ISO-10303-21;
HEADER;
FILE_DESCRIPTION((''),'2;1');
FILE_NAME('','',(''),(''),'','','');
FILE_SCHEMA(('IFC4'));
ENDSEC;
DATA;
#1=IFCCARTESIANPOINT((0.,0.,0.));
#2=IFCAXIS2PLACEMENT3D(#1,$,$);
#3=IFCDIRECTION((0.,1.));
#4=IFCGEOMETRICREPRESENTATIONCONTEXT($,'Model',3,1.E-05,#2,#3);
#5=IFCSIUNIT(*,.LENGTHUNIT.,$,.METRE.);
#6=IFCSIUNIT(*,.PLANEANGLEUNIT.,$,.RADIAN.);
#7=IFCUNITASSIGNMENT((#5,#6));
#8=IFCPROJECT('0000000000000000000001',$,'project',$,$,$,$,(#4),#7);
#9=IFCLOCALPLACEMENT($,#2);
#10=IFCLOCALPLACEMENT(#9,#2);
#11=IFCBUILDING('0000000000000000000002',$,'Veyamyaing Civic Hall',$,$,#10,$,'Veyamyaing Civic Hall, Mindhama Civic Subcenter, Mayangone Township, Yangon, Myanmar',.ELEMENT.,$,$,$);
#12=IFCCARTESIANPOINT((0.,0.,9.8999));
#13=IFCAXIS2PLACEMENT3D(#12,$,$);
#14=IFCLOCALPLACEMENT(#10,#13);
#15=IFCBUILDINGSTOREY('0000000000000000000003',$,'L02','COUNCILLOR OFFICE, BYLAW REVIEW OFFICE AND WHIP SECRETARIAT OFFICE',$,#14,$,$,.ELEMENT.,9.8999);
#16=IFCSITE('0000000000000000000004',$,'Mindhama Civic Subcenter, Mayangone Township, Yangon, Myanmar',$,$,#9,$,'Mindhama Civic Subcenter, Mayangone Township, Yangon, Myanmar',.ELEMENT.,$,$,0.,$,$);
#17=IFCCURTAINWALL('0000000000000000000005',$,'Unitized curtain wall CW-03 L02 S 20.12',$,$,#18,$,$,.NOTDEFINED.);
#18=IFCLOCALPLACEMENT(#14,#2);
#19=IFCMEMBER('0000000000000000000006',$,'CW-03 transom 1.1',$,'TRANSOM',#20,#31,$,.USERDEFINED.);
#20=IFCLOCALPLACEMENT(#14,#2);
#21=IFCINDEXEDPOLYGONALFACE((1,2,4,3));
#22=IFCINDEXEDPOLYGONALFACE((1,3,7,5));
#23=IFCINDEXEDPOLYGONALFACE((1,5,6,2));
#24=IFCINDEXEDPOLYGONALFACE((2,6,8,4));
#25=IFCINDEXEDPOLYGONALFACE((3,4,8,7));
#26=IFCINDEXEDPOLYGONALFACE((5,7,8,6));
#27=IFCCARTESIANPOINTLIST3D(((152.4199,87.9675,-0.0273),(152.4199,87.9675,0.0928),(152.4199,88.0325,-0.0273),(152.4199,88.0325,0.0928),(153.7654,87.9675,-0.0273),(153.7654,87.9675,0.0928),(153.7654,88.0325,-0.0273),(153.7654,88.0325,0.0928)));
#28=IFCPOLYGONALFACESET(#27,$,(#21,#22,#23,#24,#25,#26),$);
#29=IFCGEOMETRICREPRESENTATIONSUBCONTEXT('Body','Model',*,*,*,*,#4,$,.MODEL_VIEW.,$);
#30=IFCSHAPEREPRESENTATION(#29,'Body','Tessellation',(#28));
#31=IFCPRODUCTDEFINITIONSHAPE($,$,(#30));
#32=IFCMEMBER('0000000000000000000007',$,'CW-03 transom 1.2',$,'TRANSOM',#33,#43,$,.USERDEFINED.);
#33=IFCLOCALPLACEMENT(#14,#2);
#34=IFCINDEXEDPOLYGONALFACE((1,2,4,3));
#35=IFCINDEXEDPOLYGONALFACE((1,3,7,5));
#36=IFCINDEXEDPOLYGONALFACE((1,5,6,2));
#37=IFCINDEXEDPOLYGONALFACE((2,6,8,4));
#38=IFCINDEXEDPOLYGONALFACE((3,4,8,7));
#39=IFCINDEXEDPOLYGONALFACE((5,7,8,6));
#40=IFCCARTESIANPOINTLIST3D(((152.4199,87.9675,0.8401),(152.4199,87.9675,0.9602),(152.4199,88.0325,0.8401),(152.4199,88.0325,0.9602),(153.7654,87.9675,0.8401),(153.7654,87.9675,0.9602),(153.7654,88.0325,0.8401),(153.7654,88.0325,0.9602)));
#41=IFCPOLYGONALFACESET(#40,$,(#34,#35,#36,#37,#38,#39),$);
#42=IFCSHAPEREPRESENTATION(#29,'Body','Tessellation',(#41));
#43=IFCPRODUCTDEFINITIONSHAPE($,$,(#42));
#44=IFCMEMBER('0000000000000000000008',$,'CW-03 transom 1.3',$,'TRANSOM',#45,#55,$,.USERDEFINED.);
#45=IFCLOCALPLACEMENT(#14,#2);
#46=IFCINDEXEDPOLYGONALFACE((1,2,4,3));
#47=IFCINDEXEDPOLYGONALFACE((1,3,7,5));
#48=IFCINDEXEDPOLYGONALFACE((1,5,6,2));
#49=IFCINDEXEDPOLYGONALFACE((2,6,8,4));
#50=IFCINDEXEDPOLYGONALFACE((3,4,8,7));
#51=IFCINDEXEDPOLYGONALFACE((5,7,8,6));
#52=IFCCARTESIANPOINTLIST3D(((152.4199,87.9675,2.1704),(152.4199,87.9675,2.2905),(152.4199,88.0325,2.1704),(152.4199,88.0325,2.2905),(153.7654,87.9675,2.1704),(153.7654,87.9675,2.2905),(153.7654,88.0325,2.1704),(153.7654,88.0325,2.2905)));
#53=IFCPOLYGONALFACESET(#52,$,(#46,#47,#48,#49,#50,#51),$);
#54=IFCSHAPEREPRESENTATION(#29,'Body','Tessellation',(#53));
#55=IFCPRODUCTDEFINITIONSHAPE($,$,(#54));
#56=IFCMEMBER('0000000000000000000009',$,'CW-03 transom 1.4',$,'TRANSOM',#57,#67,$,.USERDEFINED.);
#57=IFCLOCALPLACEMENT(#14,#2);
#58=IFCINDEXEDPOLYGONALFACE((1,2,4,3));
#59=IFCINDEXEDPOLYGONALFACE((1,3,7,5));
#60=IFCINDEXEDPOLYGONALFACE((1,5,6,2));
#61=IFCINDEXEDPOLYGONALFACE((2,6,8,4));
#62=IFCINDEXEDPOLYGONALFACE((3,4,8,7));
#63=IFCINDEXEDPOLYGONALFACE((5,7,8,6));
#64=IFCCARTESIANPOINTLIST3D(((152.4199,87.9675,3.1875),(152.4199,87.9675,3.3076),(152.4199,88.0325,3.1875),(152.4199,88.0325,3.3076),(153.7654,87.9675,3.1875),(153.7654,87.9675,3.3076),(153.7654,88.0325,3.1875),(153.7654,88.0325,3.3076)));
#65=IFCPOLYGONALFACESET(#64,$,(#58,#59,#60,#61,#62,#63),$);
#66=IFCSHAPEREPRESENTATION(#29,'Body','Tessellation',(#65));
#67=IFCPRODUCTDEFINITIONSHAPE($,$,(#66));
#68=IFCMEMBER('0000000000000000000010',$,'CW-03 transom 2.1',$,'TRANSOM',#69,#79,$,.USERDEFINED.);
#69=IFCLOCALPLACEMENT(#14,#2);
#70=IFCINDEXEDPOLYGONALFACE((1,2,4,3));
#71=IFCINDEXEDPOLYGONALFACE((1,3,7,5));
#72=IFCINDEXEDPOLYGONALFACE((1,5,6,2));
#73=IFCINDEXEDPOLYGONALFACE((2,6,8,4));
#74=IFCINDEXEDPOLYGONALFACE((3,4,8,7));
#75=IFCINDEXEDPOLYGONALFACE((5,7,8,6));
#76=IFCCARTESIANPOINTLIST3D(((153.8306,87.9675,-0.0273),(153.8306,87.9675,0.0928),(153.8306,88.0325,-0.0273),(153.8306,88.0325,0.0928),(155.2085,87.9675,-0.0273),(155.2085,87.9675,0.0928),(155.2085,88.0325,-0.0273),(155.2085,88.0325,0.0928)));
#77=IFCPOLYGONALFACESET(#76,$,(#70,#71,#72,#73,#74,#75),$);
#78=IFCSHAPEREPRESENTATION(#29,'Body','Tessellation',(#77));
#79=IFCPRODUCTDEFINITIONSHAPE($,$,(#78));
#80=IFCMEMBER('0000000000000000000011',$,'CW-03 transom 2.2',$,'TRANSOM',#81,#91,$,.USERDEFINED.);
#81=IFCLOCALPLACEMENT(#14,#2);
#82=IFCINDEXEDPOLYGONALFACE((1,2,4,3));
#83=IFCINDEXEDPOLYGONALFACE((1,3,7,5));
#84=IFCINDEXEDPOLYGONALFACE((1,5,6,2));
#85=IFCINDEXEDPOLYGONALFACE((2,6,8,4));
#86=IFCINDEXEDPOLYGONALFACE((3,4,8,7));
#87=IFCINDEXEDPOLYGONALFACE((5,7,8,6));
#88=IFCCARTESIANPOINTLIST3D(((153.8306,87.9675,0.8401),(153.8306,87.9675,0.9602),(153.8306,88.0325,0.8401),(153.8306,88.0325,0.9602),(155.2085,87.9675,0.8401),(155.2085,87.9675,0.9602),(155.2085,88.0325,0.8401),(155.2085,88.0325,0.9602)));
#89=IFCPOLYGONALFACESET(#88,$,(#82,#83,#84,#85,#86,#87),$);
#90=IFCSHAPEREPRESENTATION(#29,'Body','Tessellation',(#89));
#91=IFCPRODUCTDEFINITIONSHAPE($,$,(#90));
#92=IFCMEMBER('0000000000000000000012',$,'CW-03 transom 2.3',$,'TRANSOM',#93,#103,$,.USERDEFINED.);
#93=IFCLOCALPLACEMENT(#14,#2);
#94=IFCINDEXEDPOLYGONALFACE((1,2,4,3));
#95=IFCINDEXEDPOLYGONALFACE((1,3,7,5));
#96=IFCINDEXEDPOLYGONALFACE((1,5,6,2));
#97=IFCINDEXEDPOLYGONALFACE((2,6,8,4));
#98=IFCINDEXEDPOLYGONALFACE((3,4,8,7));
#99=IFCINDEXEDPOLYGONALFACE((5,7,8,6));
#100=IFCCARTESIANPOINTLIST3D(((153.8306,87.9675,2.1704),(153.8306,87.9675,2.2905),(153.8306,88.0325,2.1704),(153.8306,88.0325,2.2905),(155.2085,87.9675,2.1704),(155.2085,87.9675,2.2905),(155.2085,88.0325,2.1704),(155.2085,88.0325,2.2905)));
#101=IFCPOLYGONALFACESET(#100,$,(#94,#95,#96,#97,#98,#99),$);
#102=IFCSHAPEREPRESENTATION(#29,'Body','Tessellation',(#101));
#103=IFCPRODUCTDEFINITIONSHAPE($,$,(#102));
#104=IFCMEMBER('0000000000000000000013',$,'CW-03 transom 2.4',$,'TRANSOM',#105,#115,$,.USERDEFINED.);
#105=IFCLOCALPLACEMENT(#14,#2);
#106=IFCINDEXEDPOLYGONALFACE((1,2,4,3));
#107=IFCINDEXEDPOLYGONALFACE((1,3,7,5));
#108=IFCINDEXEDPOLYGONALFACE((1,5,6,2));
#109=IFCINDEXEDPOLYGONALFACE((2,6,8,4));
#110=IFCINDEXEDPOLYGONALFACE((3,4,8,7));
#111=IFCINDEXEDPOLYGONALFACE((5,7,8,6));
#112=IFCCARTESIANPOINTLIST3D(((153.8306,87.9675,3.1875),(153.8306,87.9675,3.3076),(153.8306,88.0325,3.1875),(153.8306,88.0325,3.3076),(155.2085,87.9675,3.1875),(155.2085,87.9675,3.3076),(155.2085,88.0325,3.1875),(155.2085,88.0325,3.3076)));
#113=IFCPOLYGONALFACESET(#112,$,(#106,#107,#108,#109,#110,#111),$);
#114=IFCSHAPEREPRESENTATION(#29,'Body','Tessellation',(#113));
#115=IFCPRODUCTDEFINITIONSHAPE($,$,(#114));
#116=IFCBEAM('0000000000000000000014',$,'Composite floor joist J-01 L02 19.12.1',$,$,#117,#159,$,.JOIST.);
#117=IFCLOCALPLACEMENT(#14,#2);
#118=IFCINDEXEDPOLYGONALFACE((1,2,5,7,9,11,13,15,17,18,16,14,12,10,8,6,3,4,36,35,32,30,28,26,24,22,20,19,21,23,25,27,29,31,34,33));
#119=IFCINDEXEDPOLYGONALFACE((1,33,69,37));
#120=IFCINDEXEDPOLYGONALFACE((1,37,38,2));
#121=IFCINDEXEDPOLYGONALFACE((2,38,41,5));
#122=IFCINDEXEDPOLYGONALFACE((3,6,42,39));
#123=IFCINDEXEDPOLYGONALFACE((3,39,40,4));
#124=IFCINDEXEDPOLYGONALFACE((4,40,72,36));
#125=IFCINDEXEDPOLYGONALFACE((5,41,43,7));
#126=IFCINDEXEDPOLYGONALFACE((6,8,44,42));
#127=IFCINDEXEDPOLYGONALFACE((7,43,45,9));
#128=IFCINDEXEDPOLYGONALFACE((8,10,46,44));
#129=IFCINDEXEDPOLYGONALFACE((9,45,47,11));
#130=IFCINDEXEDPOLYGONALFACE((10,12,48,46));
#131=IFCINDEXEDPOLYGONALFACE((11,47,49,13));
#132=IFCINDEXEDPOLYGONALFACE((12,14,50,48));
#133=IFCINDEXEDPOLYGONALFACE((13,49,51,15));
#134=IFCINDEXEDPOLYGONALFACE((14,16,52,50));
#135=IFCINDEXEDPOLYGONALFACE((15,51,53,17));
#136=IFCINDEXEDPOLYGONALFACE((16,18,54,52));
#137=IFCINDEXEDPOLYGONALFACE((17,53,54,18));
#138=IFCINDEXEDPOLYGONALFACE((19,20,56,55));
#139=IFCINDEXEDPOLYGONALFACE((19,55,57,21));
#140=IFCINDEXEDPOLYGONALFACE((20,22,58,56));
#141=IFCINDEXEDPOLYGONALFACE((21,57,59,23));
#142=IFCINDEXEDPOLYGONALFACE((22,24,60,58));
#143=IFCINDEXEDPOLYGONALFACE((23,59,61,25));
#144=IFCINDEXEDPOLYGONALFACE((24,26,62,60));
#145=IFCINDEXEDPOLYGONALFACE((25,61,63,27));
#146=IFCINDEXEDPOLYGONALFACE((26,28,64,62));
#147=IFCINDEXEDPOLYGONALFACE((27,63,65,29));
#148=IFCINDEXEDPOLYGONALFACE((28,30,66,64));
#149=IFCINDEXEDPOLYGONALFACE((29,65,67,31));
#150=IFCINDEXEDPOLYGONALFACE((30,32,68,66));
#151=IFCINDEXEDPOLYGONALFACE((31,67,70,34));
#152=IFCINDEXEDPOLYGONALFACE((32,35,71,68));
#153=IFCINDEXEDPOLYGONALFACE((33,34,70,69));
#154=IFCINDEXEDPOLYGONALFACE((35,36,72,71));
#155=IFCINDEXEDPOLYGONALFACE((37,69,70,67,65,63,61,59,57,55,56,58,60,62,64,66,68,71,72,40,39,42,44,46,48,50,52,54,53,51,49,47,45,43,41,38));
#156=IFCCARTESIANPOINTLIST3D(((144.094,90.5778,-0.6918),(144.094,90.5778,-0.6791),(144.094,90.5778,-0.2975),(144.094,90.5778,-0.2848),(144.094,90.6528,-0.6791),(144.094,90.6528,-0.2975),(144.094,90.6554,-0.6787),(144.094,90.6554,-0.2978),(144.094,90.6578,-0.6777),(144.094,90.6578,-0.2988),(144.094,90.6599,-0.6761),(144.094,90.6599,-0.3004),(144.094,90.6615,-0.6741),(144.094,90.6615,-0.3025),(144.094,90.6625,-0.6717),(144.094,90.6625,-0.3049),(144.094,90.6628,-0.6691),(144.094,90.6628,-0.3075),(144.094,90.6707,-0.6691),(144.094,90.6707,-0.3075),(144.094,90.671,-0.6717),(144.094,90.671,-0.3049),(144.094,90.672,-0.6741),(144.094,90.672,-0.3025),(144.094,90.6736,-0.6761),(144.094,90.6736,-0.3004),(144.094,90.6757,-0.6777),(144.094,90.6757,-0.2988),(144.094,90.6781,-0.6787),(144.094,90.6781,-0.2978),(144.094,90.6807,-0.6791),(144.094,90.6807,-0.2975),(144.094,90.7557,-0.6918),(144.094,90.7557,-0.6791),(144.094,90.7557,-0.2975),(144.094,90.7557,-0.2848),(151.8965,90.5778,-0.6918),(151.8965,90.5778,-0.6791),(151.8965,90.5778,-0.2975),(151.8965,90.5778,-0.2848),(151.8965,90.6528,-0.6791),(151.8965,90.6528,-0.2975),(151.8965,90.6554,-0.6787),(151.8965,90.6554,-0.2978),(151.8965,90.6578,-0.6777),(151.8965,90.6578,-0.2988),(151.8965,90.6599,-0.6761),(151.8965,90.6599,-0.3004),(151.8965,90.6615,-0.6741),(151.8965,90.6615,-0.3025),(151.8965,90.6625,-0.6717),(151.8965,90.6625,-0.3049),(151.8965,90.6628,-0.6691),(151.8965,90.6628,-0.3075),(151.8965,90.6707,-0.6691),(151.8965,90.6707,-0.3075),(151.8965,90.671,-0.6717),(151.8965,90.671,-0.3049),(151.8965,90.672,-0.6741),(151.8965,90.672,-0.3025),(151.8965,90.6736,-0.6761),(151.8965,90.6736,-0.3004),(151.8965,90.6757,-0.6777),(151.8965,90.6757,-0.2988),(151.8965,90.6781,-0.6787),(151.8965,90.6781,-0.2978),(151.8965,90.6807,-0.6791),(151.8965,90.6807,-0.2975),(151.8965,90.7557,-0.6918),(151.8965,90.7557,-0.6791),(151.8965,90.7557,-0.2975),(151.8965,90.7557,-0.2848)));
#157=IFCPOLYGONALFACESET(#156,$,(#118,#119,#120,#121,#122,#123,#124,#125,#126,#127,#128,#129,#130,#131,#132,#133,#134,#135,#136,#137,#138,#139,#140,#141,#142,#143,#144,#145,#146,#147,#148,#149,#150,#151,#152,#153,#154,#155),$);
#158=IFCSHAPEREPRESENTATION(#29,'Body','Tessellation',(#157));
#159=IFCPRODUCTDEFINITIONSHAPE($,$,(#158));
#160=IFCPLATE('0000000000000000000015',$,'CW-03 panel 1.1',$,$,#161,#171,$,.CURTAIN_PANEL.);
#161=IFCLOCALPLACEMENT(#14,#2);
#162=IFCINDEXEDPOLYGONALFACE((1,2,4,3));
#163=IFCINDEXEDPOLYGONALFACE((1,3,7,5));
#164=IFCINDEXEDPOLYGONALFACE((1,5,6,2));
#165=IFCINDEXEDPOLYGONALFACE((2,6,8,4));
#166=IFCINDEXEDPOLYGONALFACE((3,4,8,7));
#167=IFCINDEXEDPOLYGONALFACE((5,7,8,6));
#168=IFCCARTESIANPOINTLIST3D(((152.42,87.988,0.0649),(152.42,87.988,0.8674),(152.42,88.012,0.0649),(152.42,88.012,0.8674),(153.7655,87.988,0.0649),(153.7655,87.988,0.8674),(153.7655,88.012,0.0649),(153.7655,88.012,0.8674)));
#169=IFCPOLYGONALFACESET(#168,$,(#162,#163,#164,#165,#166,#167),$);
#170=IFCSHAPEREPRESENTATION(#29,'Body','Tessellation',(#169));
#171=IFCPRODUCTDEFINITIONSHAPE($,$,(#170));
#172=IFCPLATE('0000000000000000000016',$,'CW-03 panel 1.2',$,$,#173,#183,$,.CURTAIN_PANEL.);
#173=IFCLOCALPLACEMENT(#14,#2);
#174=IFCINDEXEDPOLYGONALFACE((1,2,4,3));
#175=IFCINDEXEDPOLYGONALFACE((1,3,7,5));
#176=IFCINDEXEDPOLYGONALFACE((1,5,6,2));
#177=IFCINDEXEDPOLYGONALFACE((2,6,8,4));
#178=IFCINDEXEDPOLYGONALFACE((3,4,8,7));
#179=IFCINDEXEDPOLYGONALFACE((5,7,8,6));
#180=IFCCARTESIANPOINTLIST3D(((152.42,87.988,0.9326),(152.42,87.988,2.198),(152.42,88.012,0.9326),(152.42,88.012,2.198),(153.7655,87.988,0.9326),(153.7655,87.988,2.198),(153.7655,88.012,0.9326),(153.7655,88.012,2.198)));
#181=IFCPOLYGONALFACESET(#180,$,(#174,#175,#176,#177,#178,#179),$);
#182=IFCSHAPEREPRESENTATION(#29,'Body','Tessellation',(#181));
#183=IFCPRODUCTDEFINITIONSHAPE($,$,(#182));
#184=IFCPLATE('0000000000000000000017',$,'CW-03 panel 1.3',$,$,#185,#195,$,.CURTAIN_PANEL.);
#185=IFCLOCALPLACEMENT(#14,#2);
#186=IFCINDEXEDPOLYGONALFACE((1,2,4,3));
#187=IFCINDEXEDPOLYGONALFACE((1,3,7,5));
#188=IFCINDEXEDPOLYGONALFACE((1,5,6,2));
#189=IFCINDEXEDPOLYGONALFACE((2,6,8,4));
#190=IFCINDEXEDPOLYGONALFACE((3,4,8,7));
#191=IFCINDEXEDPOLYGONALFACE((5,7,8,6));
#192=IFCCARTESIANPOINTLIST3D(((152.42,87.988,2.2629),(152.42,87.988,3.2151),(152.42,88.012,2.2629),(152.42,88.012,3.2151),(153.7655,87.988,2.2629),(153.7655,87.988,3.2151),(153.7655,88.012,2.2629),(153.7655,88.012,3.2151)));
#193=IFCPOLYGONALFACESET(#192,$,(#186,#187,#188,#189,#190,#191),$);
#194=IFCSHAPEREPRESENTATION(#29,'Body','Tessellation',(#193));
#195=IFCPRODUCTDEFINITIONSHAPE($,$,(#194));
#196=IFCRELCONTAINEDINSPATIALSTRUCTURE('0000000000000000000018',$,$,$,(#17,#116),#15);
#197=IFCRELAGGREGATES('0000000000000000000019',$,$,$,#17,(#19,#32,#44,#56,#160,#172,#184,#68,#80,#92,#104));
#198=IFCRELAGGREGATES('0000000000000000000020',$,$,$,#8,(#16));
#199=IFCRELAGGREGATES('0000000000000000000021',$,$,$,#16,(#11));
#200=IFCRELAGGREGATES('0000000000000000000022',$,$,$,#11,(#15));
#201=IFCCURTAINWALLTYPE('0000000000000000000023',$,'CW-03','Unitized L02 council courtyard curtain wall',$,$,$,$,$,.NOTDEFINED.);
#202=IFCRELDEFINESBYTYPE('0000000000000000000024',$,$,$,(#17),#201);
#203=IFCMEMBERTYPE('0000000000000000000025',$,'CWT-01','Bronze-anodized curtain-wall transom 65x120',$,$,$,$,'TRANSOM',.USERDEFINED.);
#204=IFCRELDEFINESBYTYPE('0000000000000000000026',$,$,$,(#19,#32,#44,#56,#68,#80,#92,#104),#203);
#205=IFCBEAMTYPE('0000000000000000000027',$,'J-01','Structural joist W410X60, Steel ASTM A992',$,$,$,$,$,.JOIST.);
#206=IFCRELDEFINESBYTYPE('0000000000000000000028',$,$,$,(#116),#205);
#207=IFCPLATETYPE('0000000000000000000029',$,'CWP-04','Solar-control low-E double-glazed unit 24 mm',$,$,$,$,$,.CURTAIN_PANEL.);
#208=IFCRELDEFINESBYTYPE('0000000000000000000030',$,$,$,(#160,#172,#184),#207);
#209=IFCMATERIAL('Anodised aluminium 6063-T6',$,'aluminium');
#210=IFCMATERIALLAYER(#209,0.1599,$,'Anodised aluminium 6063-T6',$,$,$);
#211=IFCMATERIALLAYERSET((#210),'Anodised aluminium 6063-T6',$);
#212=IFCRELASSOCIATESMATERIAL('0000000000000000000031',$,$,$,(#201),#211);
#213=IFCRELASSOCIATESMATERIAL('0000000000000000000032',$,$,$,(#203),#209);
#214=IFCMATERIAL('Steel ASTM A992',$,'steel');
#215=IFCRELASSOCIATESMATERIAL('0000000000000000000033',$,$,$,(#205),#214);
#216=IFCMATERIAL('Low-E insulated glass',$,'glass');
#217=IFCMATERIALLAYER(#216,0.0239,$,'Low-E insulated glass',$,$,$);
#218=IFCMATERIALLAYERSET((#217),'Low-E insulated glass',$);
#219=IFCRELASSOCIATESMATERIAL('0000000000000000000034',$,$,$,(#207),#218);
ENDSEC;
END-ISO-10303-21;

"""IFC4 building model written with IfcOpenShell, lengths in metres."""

from ifc_helpers import new_model, si_unit, direction, frame, origin, origin_2d, place, context, subcontext, project, spatial, rectangle, i_section, extrude, material, layer, layer_set, material_profile, profile_set, type_object, element, aggregate, save


model = new_model("IFC4")

# Units and contexts
model_context = context("Model", 3, precision=1e-05, world=origin(), true_north=direction((0.0, 1.0)))
body_context = subcontext(model_context, "Body", "Model", "MODEL_VIEW")
ifc_project = project(units=[si_unit("LENGTHUNIT", "METRE"), si_unit("PLANEANGLEUNIT", "RADIAN")], contexts=[model_context])

# Site, building, storey
site_placement = place(None, origin())
site = spatial("IfcSite", under=ifc_project, at=site_placement, Name="Mindhama Civic Subcenter, Mayangone Township, Yangon, Myanmar", LongName="Mindhama Civic Subcenter, Mayangone Township, Yangon, Myanmar", CompositionType="ELEMENT", RefElevation=0.0)
building_placement = place(site_placement, origin())
building = spatial("IfcBuilding", under=site, at=building_placement, Name="Veyamyaing Civic Hall", LongName="Veyamyaing Civic Hall, Mindhama Civic Subcenter, Mayangone Township, Yangon, Myanmar", CompositionType="ELEMENT")
storey_placement = place(building_placement, frame((0.0, 0.0, 9.8999)))
storey = spatial("IfcBuildingStorey", under=building, at=storey_placement, Name="L02", Description="COUNCILLOR OFFICE, BYLAW REVIEW OFFICE AND WHIP SECRETARIAT OFFICE", CompositionType="ELEMENT", Elevation=9.8999)

# Shared definitions
ifc_material_1 = material(Name="Steel ASTM A992", Category="steel")

# Curtain wall, members
ifc_material_2 = material(Name="Anodised aluminium 6063-T6", Category="aluminium")
ifc_layer_1 = layer(ifc_material_2, 0.1599, Name="Anodised aluminium 6063-T6")
ifc_layer_set_1 = layer_set([ifc_layer_1], Name="Anodised aluminium 6063-T6")
curtain_wall_type = type_object("IfcCurtainWallType", Name="CW-03", Description="Unitized L02 council courtyard curtain wall", PredefinedType="NOTDEFINED", material=ifc_layer_set_1)
curtain_wall_placement = place(storey_placement, origin())
curtain_wall = element("IfcCurtainWall", 1, at=curtain_wall_placement, inside=storey, type_object=curtain_wall_type, Name="Unitized curtain wall CW-03 L02 S 20.12", PredefinedType="NOTDEFINED")
ifc_material_profile_1 = material_profile(ifc_material_2, rectangle(XDim=0.0649, YDim=0.1201, at=origin_2d()), Name="ALU-TRN-65X120")
ifc_profile_set_1 = profile_set([ifc_material_profile_1], Name="Anodised aluminium 6063-T6")
member_type_1 = type_object("IfcMemberType", Name="CWT-01", Description="Bronze-anodized curtain-wall transom 65x120", ElementType="TRANSOM", PredefinedType="USERDEFINED", material=ifc_profile_set_1)
member_1_placement = place(storey_placement, frame((152.4199, 88.0, 0.0327), z_axis=(1.0, 0.0, 0.0), x_axis=(0.0, 1.0, 0.0)))
member_1 = element("IfcMember", 2, at=member_1_placement, type_object=member_type_1, Name="CW-03 transom 1.1", ObjectType="TRANSOM", PredefinedType="USERDEFINED", context=body_context, shape_type="SweptSolid", body=[
    extrude(rectangle(XDim=0.0649, YDim=0.1201, at=origin_2d()), origin(), (0.0, 0.0, 1.0), 1.3455),
])
member_2_placement = place(storey_placement, frame((152.4199, 88.0, 0.9001), z_axis=(1.0, 0.0, 0.0), x_axis=(0.0, 1.0, 0.0)))
member_2 = element("IfcMember", 3, at=member_2_placement, type_object=member_type_1, Name="CW-03 transom 1.2", ObjectType="TRANSOM", PredefinedType="USERDEFINED", context=body_context, shape_type="SweptSolid", body=[
    extrude(rectangle(XDim=0.0649, YDim=0.1201, at=origin_2d()), origin(), (0.0, 0.0, 1.0), 1.3455),
])
member_3_placement = place(storey_placement, frame((152.4199, 88.0, 2.2305), z_axis=(1.0, 0.0, 0.0), x_axis=(0.0, 1.0, 0.0)))
member_3 = element("IfcMember", 4, at=member_3_placement, type_object=member_type_1, Name="CW-03 transom 1.3", ObjectType="TRANSOM", PredefinedType="USERDEFINED", context=body_context, shape_type="SweptSolid", body=[
    extrude(rectangle(XDim=0.0649, YDim=0.1201, at=origin_2d()), origin(), (0.0, 0.0, 1.0), 1.3455),
])
member_4_placement = place(storey_placement, frame((152.4199, 88.0, 3.2476), z_axis=(1.0, 0.0, 0.0), x_axis=(0.0, 1.0, 0.0)))
member_4 = element("IfcMember", 5, at=member_4_placement, type_object=member_type_1, Name="CW-03 transom 1.4", ObjectType="TRANSOM", PredefinedType="USERDEFINED", context=body_context, shape_type="SweptSolid", body=[
    extrude(rectangle(XDim=0.0649, YDim=0.1201, at=origin_2d()), origin(), (0.0, 0.0, 1.0), 1.3455),
])
member_5_placement = place(storey_placement, frame((153.8306, 88.0, 0.0327), z_axis=(1.0, 0.0, 0.0), x_axis=(0.0, 1.0, 0.0)))
member_5 = element("IfcMember", 6, at=member_5_placement, type_object=member_type_1, Name="CW-03 transom 2.1", ObjectType="TRANSOM", PredefinedType="USERDEFINED", context=body_context, shape_type="SweptSolid", body=[
    extrude(rectangle(XDim=0.0649, YDim=0.1201, at=origin_2d()), origin(), (0.0, 0.0, 1.0), 1.3779),
])
member_6_placement = place(storey_placement, frame((153.8306, 88.0, 0.9001), z_axis=(1.0, 0.0, 0.0), x_axis=(0.0, 1.0, 0.0)))
member_6 = element("IfcMember", 7, at=member_6_placement, type_object=member_type_1, Name="CW-03 transom 2.2", ObjectType="TRANSOM", PredefinedType="USERDEFINED", context=body_context, shape_type="SweptSolid", body=[
    extrude(rectangle(XDim=0.0649, YDim=0.1201, at=origin_2d()), origin(), (0.0, 0.0, 1.0), 1.3779),
])
member_7_placement = place(storey_placement, frame((153.8306, 88.0, 2.2305), z_axis=(1.0, 0.0, 0.0), x_axis=(0.0, 1.0, 0.0)))
member_7 = element("IfcMember", 8, at=member_7_placement, type_object=member_type_1, Name="CW-03 transom 2.3", ObjectType="TRANSOM", PredefinedType="USERDEFINED", context=body_context, shape_type="SweptSolid", body=[
    extrude(rectangle(XDim=0.0649, YDim=0.1201, at=origin_2d()), origin(), (0.0, 0.0, 1.0), 1.3779),
])
member_8_placement = place(storey_placement, frame((153.8306, 88.0, 3.2476), z_axis=(1.0, 0.0, 0.0), x_axis=(0.0, 1.0, 0.0)))
member_8 = element("IfcMember", 9, at=member_8_placement, type_object=member_type_1, Name="CW-03 transom 2.4", ObjectType="TRANSOM", PredefinedType="USERDEFINED", context=body_context, shape_type="SweptSolid", body=[
    extrude(rectangle(XDim=0.0649, YDim=0.1201, at=origin_2d()), origin(), (0.0, 0.0, 1.0), 1.3779),
])

# Beam
ifc_material_profile_2 = material_profile(ifc_material_1, i_section(OverallWidth=0.178, OverallDepth=0.407, WebThickness=0.0078, FlangeThickness=0.0127, FilletRadius=0.01, at=origin_2d()), Name="W410X60")
ifc_profile_set_2 = profile_set([ifc_material_profile_2], Name="Steel ASTM A992")
beam_type_1 = type_object("IfcBeamType", Name="J-01", Description="Structural joist W410X60, Steel ASTM A992", PredefinedType="JOIST", material=ifc_profile_set_2)
beam_1_placement = place(storey_placement, frame((144.094, 90.6667, -0.4883), z_axis=(1.0, 0.0, 0.0), x_axis=(0.0, 1.0, 0.0)))
element("IfcBeam", 10, at=beam_1_placement, inside=storey, type_object=beam_type_1, Name="Composite floor joist J-01 L02 19.12.1", PredefinedType="JOIST", context=body_context, shape_type="SweptSolid", body=[
    extrude(i_section(OverallWidth=0.178, OverallDepth=0.407, WebThickness=0.0078, FlangeThickness=0.0127, FilletRadius=0.01, at=origin_2d()), origin(), (0.0, 0.0, 1.0), 7.8025),
])

# Plates
ifc_material_3 = material(Name="Low-E insulated glass", Category="glass")
ifc_layer_2 = layer(ifc_material_3, 0.0239, Name="Low-E insulated glass")
ifc_layer_set_2 = layer_set([ifc_layer_2], Name="Low-E insulated glass")
plate_type = type_object("IfcPlateType", Name="CWP-04", Description="Solar-control low-E double-glazed unit 24 mm", PredefinedType="CURTAIN_PANEL", material=ifc_layer_set_2)
plate_1_placement = place(storey_placement, frame((153.0928, 88.0, 0.0649), z_axis=(0.0, 0.0, 1.0), x_axis=(1.0, 0.0, 0.0)))
plate_1 = element("IfcPlate", 11, at=plate_1_placement, type_object=plate_type, Name="CW-03 panel 1.1", PredefinedType="CURTAIN_PANEL", context=body_context, shape_type="SweptSolid", body=[
    extrude(rectangle(XDim=1.3455, YDim=0.0239, at=origin_2d()), origin(), (0.0, 0.0, 1.0), 0.8025),
])
plate_2_placement = place(storey_placement, frame((153.0928, 88.0, 0.9326), z_axis=(0.0, 0.0, 1.0), x_axis=(1.0, 0.0, 0.0)))
plate_2 = element("IfcPlate", 12, at=plate_2_placement, type_object=plate_type, Name="CW-03 panel 1.2", PredefinedType="CURTAIN_PANEL", context=body_context, shape_type="SweptSolid", body=[
    extrude(rectangle(XDim=1.3455, YDim=0.0239, at=origin_2d()), origin(), (0.0, 0.0, 1.0), 1.2654),
])
plate_3_placement = place(storey_placement, frame((153.0928, 88.0, 2.2629), z_axis=(0.0, 0.0, 1.0), x_axis=(1.0, 0.0, 0.0)))
plate_3 = element("IfcPlate", 13, at=plate_3_placement, type_object=plate_type, Name="CW-03 panel 1.3", PredefinedType="CURTAIN_PANEL", context=body_context, shape_type="SweptSolid", body=[
    extrude(rectangle(XDim=1.3455, YDim=0.0239, at=origin_2d()), origin(), (0.0, 0.0, 1.0), 0.9521),
])
aggregate(curtain_wall, [member_1, member_2, member_3, member_4, plate_1, plate_2, plate_3, member_5, member_6, member_7, member_8])

save(model, "model.ifc")
